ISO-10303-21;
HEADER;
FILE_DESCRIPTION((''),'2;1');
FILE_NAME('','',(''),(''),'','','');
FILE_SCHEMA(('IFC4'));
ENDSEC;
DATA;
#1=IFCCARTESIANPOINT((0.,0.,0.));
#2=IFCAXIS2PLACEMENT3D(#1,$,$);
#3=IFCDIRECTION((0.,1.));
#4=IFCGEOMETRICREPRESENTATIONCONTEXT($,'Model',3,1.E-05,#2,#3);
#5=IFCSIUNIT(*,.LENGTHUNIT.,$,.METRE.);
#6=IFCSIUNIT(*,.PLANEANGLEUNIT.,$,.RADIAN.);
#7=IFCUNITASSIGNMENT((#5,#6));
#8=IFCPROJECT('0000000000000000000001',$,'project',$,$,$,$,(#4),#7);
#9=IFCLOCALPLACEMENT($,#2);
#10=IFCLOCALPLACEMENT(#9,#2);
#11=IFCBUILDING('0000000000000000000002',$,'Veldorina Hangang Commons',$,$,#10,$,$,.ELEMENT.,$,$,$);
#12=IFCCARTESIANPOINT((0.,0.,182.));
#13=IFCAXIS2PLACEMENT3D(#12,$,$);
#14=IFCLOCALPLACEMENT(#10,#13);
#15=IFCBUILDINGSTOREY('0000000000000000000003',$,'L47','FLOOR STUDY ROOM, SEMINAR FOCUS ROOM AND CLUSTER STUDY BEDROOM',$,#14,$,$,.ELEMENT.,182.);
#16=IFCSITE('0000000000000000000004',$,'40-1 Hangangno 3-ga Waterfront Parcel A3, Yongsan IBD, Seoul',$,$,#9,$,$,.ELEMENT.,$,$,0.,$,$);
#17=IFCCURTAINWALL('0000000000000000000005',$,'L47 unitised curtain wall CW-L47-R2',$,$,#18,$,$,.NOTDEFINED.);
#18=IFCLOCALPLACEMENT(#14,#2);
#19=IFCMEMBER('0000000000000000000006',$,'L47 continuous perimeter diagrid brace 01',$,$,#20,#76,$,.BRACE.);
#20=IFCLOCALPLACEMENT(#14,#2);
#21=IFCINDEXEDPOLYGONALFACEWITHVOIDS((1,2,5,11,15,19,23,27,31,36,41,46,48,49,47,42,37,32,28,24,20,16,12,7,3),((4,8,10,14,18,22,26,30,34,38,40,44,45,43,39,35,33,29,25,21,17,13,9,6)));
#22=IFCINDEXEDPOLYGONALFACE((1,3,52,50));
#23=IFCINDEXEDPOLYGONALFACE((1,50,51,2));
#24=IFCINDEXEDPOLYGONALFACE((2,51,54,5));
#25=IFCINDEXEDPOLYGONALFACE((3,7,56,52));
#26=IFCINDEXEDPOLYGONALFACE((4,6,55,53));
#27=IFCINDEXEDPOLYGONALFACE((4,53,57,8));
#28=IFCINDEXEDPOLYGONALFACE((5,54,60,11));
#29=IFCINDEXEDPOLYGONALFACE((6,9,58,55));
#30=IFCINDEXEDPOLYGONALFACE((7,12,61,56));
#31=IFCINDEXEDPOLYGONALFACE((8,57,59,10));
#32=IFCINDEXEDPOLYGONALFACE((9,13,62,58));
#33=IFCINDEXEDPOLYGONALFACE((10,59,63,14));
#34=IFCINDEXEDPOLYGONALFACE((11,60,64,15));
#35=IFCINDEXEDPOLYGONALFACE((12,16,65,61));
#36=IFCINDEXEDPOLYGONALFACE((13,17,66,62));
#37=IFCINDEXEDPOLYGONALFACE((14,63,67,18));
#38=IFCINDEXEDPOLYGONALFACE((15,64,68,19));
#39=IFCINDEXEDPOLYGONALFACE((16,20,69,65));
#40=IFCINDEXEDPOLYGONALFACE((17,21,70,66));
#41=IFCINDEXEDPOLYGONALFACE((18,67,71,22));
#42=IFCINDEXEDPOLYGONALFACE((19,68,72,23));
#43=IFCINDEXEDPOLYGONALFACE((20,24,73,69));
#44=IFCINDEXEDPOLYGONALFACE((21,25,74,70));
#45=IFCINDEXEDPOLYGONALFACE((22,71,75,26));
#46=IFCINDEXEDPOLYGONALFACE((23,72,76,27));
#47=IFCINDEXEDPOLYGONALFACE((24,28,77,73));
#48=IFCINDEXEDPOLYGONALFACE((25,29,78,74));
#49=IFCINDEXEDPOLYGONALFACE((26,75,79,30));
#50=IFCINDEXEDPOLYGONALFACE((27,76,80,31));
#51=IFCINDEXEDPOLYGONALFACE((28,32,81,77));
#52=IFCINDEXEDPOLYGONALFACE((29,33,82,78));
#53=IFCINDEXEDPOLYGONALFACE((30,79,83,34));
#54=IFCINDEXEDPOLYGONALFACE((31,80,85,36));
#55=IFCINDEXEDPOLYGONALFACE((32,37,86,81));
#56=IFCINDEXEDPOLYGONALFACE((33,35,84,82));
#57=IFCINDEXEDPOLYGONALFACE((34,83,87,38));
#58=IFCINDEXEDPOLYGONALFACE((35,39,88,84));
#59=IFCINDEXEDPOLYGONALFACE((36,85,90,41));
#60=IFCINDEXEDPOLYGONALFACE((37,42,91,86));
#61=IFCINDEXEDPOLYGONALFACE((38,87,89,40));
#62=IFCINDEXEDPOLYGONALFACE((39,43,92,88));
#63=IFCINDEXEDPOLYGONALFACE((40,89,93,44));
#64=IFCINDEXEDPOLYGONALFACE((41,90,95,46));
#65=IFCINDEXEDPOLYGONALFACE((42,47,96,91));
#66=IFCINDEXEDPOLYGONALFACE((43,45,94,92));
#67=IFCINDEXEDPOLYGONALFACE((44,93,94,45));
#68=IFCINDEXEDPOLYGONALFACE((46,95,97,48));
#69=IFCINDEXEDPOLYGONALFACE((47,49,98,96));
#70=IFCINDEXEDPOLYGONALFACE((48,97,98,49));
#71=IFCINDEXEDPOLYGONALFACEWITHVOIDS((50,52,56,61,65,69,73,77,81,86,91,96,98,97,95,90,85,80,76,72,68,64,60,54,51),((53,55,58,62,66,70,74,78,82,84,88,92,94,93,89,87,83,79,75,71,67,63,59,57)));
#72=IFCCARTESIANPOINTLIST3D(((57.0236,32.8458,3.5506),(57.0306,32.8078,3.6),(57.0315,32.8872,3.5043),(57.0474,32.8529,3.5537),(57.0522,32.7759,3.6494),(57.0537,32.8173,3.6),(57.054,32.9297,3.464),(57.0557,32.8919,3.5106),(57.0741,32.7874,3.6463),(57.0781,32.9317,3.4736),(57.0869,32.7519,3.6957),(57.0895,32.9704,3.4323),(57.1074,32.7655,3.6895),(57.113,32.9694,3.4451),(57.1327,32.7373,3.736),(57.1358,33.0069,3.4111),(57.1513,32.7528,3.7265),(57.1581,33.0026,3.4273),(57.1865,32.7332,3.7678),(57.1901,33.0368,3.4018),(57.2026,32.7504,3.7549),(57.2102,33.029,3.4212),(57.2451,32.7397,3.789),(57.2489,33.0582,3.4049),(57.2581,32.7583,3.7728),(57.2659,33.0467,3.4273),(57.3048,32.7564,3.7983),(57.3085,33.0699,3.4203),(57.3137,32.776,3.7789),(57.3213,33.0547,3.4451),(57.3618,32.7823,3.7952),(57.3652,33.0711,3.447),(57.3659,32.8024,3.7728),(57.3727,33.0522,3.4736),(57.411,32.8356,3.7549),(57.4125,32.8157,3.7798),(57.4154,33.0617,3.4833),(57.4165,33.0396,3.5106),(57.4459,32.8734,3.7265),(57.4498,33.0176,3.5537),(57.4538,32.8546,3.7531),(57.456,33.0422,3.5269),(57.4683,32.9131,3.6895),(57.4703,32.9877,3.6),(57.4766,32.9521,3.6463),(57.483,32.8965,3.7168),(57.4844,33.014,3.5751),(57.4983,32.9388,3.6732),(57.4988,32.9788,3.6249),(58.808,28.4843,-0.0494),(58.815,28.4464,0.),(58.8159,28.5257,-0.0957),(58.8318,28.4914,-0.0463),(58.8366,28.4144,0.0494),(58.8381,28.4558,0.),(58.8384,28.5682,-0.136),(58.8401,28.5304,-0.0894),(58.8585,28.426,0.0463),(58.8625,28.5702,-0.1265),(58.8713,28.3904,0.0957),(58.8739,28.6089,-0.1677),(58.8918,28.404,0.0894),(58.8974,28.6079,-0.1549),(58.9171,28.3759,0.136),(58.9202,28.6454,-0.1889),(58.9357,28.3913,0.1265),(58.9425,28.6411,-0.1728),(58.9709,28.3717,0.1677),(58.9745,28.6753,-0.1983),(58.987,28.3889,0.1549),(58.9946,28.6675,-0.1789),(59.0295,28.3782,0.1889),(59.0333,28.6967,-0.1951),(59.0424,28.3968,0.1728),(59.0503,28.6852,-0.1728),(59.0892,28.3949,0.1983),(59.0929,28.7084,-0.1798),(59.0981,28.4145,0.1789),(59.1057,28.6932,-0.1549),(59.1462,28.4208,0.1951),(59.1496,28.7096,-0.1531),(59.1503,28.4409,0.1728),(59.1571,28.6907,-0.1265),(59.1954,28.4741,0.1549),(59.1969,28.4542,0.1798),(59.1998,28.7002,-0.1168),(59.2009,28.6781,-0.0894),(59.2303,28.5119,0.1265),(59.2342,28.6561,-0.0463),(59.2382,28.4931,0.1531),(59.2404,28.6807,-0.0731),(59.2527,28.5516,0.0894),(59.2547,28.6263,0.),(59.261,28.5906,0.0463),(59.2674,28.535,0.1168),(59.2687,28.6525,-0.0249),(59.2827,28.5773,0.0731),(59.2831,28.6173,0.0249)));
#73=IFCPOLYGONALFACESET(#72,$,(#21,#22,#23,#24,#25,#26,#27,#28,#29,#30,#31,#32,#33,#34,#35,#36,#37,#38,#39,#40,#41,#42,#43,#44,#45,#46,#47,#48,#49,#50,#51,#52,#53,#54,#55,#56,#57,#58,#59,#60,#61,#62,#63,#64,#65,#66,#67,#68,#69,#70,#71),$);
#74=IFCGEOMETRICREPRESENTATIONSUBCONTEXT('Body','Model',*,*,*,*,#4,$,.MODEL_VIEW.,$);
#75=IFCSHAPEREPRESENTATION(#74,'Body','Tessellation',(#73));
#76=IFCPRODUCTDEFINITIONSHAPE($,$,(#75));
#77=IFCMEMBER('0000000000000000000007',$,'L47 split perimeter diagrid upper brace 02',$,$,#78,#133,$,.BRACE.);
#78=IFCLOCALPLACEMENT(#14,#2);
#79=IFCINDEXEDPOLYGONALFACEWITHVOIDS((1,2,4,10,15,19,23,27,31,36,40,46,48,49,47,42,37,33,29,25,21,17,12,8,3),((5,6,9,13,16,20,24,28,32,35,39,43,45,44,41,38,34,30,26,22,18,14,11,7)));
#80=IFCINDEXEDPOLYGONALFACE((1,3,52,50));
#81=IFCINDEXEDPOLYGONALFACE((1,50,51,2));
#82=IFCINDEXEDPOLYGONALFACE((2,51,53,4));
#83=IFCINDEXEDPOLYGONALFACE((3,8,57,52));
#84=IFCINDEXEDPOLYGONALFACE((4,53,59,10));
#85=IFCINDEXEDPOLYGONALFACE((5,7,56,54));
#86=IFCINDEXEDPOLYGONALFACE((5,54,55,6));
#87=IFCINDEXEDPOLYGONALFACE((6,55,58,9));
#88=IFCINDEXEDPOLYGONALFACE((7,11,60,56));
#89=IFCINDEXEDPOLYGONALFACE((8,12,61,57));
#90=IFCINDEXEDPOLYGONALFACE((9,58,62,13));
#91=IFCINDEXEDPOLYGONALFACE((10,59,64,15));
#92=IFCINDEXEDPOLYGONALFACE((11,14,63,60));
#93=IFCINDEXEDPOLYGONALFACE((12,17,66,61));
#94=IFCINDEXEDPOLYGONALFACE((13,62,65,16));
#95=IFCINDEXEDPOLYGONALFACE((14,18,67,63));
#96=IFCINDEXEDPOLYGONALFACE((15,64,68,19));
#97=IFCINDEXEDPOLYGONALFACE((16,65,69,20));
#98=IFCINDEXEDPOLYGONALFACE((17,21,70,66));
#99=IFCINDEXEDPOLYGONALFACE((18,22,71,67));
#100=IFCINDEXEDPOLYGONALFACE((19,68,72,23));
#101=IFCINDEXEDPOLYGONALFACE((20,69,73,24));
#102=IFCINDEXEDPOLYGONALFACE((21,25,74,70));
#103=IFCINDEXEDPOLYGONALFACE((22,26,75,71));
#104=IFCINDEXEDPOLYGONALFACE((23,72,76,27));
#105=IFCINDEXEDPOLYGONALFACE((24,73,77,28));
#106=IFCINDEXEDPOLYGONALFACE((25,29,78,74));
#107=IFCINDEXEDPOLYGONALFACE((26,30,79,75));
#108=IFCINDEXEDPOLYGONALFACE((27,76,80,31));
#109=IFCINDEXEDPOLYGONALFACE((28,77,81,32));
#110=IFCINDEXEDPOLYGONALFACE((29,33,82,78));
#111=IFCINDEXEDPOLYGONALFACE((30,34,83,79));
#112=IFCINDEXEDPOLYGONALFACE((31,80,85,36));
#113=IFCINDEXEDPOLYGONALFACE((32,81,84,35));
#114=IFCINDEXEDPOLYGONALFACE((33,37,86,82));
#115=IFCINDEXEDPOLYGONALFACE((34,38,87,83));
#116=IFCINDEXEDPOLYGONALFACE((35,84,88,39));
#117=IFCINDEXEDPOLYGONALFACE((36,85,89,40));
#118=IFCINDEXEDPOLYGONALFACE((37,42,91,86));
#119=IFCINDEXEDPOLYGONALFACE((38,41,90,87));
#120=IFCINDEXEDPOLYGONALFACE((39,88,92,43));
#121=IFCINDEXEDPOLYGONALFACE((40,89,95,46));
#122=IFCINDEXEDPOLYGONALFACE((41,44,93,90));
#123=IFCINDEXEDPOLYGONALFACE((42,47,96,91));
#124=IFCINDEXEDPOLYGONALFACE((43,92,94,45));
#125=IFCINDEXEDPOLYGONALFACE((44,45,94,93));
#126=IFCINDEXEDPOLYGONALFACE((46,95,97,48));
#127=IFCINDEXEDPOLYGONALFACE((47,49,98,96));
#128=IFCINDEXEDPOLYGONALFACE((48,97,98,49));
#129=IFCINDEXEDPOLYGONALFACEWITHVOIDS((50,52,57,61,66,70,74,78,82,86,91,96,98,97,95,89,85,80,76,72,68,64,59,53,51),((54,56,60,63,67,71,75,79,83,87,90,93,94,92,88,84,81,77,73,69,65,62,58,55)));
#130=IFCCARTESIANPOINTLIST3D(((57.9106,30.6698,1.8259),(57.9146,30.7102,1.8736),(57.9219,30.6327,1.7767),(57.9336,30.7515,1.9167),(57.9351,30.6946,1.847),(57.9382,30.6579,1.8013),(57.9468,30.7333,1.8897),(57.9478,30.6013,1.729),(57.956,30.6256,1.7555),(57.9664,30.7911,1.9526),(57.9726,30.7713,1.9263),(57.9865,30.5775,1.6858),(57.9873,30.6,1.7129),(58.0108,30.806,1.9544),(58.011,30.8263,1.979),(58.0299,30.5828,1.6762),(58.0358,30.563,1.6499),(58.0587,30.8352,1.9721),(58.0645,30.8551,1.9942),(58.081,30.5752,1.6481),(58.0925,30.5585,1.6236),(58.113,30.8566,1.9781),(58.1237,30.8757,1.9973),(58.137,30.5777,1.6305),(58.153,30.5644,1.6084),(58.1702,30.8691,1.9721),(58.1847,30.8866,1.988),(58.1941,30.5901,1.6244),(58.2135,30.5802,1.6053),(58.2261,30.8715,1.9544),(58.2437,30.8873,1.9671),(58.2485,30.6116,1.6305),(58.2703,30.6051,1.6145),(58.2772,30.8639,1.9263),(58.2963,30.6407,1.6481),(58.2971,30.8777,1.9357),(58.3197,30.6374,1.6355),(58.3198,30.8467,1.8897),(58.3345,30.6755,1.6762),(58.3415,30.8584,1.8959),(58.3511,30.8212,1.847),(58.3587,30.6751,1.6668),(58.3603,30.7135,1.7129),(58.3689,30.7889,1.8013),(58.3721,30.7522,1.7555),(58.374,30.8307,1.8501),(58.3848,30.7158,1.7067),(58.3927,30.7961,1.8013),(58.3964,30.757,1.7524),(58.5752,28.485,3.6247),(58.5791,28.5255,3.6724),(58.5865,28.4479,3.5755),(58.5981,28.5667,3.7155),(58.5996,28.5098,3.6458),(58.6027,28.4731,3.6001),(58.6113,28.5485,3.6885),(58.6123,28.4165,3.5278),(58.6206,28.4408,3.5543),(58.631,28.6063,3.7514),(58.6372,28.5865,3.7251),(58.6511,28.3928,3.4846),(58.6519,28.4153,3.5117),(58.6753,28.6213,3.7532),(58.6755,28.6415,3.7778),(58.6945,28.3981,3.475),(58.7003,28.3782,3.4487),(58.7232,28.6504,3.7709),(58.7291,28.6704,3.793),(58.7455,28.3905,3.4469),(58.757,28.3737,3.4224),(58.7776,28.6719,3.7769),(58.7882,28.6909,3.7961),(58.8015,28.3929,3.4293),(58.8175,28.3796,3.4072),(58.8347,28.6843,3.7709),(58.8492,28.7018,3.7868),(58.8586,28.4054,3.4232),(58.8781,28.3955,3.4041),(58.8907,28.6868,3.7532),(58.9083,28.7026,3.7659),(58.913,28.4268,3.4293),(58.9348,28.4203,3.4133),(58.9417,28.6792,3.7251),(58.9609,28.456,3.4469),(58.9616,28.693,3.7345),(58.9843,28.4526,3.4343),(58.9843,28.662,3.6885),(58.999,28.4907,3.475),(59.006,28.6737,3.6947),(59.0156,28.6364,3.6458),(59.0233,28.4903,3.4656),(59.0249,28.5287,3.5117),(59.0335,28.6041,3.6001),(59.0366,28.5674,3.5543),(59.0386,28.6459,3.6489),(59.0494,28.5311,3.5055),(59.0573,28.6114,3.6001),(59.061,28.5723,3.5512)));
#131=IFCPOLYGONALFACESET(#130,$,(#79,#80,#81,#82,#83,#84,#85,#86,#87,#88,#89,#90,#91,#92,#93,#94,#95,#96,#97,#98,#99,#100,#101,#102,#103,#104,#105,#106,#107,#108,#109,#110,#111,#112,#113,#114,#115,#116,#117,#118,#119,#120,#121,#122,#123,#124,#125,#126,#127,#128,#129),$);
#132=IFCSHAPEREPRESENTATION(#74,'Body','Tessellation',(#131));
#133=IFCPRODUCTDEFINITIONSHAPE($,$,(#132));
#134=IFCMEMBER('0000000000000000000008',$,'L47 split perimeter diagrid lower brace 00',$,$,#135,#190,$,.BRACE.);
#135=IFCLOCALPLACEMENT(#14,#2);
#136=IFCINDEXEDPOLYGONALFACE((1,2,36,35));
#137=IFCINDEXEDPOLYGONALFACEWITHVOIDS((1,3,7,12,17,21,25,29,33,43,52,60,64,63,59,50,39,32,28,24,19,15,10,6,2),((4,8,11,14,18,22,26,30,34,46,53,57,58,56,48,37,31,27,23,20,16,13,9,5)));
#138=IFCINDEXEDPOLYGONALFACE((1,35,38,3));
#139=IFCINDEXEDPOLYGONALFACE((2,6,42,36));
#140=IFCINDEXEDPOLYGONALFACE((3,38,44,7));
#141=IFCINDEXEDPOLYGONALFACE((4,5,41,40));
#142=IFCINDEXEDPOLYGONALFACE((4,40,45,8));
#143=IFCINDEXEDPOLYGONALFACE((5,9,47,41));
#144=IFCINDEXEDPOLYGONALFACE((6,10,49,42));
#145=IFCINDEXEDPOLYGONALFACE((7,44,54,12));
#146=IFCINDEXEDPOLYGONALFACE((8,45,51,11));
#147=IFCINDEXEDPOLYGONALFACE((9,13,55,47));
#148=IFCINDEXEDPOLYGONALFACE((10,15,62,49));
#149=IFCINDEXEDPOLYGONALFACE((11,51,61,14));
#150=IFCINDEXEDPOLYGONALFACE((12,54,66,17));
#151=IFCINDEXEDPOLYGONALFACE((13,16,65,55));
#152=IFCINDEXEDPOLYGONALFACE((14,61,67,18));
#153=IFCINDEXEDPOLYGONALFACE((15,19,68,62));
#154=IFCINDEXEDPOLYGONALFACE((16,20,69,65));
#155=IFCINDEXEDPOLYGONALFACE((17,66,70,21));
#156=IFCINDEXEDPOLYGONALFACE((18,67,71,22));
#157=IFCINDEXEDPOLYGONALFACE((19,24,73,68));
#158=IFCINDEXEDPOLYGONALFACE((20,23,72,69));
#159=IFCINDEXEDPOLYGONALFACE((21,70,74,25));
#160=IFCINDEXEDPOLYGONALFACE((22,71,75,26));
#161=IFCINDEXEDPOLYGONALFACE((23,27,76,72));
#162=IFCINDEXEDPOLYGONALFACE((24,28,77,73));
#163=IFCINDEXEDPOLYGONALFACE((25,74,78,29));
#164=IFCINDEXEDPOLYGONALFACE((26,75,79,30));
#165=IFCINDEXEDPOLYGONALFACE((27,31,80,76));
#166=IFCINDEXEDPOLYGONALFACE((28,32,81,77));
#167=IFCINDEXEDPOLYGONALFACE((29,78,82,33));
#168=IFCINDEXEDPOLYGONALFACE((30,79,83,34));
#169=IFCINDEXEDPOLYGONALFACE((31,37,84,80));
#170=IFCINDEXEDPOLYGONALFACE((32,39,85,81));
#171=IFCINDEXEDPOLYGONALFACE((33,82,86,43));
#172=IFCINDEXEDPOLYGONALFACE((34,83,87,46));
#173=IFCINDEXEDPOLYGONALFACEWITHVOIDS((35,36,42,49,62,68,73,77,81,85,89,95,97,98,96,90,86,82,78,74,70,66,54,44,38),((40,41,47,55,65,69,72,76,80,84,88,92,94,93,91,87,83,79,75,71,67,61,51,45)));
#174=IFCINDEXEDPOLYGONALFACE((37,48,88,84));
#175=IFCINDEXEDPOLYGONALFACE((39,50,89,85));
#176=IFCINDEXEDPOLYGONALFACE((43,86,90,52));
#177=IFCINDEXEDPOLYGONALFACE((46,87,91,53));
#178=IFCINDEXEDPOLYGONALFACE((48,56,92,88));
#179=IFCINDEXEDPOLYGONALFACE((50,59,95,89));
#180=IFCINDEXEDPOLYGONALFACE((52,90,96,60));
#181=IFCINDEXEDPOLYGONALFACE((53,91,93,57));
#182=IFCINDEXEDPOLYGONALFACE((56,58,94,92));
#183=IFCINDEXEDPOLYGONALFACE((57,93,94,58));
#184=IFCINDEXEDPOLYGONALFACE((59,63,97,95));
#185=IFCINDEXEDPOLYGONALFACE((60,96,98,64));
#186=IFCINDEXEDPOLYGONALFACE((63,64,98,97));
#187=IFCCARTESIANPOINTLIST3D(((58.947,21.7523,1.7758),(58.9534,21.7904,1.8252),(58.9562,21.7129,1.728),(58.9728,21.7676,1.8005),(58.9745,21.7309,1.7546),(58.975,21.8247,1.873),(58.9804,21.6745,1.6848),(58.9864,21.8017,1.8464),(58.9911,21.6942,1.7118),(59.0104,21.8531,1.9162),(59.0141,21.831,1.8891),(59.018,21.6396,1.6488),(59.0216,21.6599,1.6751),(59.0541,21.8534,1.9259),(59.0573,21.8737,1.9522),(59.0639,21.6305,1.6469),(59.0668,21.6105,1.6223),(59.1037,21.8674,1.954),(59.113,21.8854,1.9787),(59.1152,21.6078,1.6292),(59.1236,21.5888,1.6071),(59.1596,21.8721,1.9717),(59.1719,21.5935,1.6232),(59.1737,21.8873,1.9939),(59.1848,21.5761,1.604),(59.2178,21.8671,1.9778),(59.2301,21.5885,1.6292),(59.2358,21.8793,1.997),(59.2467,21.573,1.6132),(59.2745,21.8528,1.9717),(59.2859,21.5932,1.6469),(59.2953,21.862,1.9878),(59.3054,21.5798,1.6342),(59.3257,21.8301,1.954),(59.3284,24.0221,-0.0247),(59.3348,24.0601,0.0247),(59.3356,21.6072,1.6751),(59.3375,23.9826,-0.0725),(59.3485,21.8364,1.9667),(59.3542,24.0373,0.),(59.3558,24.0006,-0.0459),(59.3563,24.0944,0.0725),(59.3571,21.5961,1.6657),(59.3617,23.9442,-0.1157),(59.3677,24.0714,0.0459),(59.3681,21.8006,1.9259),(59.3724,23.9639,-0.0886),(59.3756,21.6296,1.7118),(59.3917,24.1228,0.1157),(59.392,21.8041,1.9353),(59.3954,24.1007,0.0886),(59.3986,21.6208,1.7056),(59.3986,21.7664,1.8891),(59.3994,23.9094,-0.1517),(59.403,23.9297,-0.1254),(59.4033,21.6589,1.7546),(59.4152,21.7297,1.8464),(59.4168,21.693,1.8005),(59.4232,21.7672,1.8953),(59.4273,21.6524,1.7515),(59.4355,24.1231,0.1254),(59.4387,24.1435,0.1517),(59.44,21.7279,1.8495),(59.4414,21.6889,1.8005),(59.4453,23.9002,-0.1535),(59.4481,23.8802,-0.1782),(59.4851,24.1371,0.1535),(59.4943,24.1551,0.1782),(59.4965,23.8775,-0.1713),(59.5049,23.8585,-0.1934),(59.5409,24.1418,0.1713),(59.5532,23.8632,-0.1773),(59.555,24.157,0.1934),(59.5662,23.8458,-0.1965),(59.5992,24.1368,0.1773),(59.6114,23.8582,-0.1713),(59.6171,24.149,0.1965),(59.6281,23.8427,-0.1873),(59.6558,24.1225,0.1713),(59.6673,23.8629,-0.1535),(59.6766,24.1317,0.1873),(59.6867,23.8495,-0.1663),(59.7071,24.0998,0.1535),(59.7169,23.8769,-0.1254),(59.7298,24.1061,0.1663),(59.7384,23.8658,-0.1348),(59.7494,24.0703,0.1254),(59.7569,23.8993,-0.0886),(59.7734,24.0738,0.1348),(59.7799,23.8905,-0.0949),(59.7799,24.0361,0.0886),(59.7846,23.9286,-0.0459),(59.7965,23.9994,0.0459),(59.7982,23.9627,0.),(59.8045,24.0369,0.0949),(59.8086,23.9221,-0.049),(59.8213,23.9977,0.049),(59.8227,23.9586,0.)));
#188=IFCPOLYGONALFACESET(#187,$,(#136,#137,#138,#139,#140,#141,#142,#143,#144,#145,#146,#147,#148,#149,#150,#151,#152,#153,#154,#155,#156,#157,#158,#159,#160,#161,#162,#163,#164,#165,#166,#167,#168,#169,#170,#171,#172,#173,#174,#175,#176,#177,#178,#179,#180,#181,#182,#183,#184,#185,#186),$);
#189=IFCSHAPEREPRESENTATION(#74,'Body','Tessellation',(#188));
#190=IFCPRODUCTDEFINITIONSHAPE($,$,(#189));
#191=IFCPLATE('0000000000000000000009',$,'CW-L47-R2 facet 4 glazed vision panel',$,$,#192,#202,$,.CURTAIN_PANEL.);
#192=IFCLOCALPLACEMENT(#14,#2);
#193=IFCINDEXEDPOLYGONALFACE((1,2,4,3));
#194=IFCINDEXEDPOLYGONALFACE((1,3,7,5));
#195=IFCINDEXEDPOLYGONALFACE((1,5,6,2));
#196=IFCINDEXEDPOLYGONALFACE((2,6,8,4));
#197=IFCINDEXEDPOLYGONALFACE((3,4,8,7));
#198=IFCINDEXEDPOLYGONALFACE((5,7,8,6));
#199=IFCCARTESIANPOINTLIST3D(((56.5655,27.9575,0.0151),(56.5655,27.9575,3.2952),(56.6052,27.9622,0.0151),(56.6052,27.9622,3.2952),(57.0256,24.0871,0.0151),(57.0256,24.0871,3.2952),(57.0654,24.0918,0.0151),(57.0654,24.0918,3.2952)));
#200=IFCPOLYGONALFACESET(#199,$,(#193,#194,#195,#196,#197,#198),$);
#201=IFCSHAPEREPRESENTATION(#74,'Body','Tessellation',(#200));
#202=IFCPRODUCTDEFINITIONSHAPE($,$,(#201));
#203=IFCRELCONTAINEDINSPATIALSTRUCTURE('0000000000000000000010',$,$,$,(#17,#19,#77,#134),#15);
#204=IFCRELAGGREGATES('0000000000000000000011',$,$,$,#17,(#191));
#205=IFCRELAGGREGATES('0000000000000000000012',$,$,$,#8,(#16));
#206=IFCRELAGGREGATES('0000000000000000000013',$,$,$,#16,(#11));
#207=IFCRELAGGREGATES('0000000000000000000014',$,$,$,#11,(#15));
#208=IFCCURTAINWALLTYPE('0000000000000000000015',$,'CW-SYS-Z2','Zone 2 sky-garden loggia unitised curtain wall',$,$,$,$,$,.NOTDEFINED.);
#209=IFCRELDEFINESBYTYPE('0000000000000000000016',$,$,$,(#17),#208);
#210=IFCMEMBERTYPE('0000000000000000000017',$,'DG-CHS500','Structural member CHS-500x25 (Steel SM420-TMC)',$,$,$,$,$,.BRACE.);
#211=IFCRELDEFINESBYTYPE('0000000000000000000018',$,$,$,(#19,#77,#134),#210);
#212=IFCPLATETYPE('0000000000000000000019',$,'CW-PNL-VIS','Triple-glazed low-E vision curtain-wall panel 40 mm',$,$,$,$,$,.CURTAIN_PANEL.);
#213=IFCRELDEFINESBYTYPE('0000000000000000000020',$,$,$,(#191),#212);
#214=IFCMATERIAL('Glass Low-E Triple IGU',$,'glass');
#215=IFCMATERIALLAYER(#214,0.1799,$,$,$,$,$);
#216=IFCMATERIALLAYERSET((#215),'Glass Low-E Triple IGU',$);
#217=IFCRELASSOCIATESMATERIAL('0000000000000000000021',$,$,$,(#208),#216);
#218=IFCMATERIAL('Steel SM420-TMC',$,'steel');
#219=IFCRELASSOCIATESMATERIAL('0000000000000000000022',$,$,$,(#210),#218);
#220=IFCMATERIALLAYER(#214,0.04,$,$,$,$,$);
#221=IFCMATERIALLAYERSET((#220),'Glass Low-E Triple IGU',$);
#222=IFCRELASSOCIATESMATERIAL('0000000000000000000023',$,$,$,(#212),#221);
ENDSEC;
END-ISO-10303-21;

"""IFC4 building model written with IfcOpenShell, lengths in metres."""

from ifc_helpers import new_model, si_unit, direction, frame, origin, origin_2d, place, context, subcontext, project, spatial, rectangle, hollow_circle, extrude, material, layer, layer_set, material_profile, profile_set, type_object, element, aggregate, save


model = new_model("IFC4")

# Units and contexts
model_context = context("Model", 3, precision=1e-05, world=origin(), true_north=direction((0.0, 1.0)))
body_context = subcontext(model_context, "Body", "Model", "MODEL_VIEW")
ifc_project = project(units=[si_unit("LENGTHUNIT", "METRE"), si_unit("PLANEANGLEUNIT", "RADIAN")], contexts=[model_context])

# Site, building, storey
site_placement = place(None, origin())
site = spatial("IfcSite", under=ifc_project, at=site_placement, Name="40-1 Hangangno 3-ga Waterfront Parcel A3, Yongsan IBD, Seoul", CompositionType="ELEMENT", RefElevation=0.0)
building_placement = place(site_placement, origin())
building = spatial("IfcBuilding", under=site, at=building_placement, Name="Veldorina Hangang Commons", CompositionType="ELEMENT")
storey_placement = place(building_placement, frame((0.0, 0.0, 182.0)))
storey = spatial("IfcBuildingStorey", under=building, at=storey_placement, Name="L47", Description="FLOOR STUDY ROOM, SEMINAR FOCUS ROOM AND CLUSTER STUDY BEDROOM", CompositionType="ELEMENT", Elevation=182.0)

# Shared definitions
ifc_material_1 = material(Name="Steel SM420-TMC", Category="steel")

# Curtain wall
ifc_material_2 = material(Name="Glass Low-E Triple IGU", Category="glass")
ifc_layer_1 = layer(ifc_material_2, 0.1799)
ifc_layer_set_1 = layer_set([ifc_layer_1], Name="Glass Low-E Triple IGU")
curtain_wall_type = type_object("IfcCurtainWallType", Name="CW-SYS-Z2", Description="Zone 2 sky-garden loggia unitised curtain wall", PredefinedType="NOTDEFINED", material=ifc_layer_set_1)
curtain_wall_placement = place(storey_placement, origin())
curtain_wall = element("IfcCurtainWall", 1, at=curtain_wall_placement, inside=storey, type_object=curtain_wall_type, Name="L47 unitised curtain wall CW-L47-R2", PredefinedType="NOTDEFINED")

# Members
ifc_material_profile_1 = material_profile(ifc_material_1, hollow_circle(Radius=0.25, WallThickness=0.0249, at=origin_2d()), Name="CHS-500x25")
ifc_profile_set_1 = profile_set([ifc_material_profile_1], Name="Steel SM420-TMC")
member_type_1 = type_object("IfcMemberType", Name="DG-CHS500", Description="Structural member CHS-500x25 (Steel SM420-TMC)", PredefinedType="BRACE", material=ifc_profile_set_1)
member_1_placement = place(storey_placement, frame((59.0464, 28.541, 0.0), z_axis=(-0.300901, 0.735475, 0.607071), x_axis=(-0.925536, -0.378659, 0.0)))
element("IfcMember", 2, at=member_1_placement, inside=storey, type_object=member_type_1, Name="L47 continuous perimeter diagrid brace 01", PredefinedType="BRACE", context=body_context, shape_type="SweptSolid", body=[
    extrude(hollow_circle(Radius=0.25, WallThickness=0.0249, at=origin_2d()), origin(), (0.0, 0.0, 1.0), 5.9302),
])
member_2_placement = place(storey_placement, frame((58.1536, 30.7234, 1.8013), z_axis=(0.228601, -0.751562, 0.618785), x_axis=(0.956722, 0.291004, 0.0)))
element("IfcMember", 3, at=member_2_placement, inside=storey, type_object=member_type_1, Name="L47 split perimeter diagrid upper brace 02", PredefinedType="BRACE", context=body_context, shape_type="SweptSolid", body=[
    extrude(hollow_circle(Radius=0.25, WallThickness=0.0249, at=origin_2d()), origin(), (0.0, 0.0, 1.0), 2.907),
])
member_3_placement = place(storey_placement, frame((59.5762, 24.0, 0.0), z_axis=(-0.1305, -0.776736, 0.616159), x_axis=(0.986178, -0.165689, 0.0)))
element("IfcMember", 4, at=member_3_placement, inside=storey, type_object=member_type_1, Name="L47 split perimeter diagrid lower brace 00", PredefinedType="BRACE", context=body_context, shape_type="SweptSolid", body=[
    extrude(hollow_circle(Radius=0.25, WallThickness=0.0249, at=origin_2d()), origin(), (0.0, 0.0, 1.0), 2.9221),
])

# Plate
ifc_layer_2 = layer(ifc_material_2, 0.04)
ifc_layer_set_2 = layer_set([ifc_layer_2], Name="Glass Low-E Triple IGU")
plate_type_1 = type_object("IfcPlateType", Name="CW-PNL-VIS", Description="Triple-glazed low-E vision curtain-wall panel 40 mm", PredefinedType="CURTAIN_PANEL", material=ifc_layer_set_2)
plate_1_placement = place(storey_placement, frame((56.8154, 26.0247, 0.0151), z_axis=(0.0, 0.0, 1.0), x_axis=(-0.118057, 0.993007, 0.0)))
plate_1 = element("IfcPlate", 5, at=plate_1_placement, type_object=plate_type_1, Name="CW-L47-R2 facet 4 glazed vision panel", PredefinedType="CURTAIN_PANEL", context=body_context, shape_type="SweptSolid", body=[
    extrude(rectangle(XDim=3.8977, YDim=0.04, at=origin_2d()), origin(), (0.0, 0.0, 1.0), 3.28),
])
aggregate(curtain_wall, [plate_1])

save(model, "model.ifc")
